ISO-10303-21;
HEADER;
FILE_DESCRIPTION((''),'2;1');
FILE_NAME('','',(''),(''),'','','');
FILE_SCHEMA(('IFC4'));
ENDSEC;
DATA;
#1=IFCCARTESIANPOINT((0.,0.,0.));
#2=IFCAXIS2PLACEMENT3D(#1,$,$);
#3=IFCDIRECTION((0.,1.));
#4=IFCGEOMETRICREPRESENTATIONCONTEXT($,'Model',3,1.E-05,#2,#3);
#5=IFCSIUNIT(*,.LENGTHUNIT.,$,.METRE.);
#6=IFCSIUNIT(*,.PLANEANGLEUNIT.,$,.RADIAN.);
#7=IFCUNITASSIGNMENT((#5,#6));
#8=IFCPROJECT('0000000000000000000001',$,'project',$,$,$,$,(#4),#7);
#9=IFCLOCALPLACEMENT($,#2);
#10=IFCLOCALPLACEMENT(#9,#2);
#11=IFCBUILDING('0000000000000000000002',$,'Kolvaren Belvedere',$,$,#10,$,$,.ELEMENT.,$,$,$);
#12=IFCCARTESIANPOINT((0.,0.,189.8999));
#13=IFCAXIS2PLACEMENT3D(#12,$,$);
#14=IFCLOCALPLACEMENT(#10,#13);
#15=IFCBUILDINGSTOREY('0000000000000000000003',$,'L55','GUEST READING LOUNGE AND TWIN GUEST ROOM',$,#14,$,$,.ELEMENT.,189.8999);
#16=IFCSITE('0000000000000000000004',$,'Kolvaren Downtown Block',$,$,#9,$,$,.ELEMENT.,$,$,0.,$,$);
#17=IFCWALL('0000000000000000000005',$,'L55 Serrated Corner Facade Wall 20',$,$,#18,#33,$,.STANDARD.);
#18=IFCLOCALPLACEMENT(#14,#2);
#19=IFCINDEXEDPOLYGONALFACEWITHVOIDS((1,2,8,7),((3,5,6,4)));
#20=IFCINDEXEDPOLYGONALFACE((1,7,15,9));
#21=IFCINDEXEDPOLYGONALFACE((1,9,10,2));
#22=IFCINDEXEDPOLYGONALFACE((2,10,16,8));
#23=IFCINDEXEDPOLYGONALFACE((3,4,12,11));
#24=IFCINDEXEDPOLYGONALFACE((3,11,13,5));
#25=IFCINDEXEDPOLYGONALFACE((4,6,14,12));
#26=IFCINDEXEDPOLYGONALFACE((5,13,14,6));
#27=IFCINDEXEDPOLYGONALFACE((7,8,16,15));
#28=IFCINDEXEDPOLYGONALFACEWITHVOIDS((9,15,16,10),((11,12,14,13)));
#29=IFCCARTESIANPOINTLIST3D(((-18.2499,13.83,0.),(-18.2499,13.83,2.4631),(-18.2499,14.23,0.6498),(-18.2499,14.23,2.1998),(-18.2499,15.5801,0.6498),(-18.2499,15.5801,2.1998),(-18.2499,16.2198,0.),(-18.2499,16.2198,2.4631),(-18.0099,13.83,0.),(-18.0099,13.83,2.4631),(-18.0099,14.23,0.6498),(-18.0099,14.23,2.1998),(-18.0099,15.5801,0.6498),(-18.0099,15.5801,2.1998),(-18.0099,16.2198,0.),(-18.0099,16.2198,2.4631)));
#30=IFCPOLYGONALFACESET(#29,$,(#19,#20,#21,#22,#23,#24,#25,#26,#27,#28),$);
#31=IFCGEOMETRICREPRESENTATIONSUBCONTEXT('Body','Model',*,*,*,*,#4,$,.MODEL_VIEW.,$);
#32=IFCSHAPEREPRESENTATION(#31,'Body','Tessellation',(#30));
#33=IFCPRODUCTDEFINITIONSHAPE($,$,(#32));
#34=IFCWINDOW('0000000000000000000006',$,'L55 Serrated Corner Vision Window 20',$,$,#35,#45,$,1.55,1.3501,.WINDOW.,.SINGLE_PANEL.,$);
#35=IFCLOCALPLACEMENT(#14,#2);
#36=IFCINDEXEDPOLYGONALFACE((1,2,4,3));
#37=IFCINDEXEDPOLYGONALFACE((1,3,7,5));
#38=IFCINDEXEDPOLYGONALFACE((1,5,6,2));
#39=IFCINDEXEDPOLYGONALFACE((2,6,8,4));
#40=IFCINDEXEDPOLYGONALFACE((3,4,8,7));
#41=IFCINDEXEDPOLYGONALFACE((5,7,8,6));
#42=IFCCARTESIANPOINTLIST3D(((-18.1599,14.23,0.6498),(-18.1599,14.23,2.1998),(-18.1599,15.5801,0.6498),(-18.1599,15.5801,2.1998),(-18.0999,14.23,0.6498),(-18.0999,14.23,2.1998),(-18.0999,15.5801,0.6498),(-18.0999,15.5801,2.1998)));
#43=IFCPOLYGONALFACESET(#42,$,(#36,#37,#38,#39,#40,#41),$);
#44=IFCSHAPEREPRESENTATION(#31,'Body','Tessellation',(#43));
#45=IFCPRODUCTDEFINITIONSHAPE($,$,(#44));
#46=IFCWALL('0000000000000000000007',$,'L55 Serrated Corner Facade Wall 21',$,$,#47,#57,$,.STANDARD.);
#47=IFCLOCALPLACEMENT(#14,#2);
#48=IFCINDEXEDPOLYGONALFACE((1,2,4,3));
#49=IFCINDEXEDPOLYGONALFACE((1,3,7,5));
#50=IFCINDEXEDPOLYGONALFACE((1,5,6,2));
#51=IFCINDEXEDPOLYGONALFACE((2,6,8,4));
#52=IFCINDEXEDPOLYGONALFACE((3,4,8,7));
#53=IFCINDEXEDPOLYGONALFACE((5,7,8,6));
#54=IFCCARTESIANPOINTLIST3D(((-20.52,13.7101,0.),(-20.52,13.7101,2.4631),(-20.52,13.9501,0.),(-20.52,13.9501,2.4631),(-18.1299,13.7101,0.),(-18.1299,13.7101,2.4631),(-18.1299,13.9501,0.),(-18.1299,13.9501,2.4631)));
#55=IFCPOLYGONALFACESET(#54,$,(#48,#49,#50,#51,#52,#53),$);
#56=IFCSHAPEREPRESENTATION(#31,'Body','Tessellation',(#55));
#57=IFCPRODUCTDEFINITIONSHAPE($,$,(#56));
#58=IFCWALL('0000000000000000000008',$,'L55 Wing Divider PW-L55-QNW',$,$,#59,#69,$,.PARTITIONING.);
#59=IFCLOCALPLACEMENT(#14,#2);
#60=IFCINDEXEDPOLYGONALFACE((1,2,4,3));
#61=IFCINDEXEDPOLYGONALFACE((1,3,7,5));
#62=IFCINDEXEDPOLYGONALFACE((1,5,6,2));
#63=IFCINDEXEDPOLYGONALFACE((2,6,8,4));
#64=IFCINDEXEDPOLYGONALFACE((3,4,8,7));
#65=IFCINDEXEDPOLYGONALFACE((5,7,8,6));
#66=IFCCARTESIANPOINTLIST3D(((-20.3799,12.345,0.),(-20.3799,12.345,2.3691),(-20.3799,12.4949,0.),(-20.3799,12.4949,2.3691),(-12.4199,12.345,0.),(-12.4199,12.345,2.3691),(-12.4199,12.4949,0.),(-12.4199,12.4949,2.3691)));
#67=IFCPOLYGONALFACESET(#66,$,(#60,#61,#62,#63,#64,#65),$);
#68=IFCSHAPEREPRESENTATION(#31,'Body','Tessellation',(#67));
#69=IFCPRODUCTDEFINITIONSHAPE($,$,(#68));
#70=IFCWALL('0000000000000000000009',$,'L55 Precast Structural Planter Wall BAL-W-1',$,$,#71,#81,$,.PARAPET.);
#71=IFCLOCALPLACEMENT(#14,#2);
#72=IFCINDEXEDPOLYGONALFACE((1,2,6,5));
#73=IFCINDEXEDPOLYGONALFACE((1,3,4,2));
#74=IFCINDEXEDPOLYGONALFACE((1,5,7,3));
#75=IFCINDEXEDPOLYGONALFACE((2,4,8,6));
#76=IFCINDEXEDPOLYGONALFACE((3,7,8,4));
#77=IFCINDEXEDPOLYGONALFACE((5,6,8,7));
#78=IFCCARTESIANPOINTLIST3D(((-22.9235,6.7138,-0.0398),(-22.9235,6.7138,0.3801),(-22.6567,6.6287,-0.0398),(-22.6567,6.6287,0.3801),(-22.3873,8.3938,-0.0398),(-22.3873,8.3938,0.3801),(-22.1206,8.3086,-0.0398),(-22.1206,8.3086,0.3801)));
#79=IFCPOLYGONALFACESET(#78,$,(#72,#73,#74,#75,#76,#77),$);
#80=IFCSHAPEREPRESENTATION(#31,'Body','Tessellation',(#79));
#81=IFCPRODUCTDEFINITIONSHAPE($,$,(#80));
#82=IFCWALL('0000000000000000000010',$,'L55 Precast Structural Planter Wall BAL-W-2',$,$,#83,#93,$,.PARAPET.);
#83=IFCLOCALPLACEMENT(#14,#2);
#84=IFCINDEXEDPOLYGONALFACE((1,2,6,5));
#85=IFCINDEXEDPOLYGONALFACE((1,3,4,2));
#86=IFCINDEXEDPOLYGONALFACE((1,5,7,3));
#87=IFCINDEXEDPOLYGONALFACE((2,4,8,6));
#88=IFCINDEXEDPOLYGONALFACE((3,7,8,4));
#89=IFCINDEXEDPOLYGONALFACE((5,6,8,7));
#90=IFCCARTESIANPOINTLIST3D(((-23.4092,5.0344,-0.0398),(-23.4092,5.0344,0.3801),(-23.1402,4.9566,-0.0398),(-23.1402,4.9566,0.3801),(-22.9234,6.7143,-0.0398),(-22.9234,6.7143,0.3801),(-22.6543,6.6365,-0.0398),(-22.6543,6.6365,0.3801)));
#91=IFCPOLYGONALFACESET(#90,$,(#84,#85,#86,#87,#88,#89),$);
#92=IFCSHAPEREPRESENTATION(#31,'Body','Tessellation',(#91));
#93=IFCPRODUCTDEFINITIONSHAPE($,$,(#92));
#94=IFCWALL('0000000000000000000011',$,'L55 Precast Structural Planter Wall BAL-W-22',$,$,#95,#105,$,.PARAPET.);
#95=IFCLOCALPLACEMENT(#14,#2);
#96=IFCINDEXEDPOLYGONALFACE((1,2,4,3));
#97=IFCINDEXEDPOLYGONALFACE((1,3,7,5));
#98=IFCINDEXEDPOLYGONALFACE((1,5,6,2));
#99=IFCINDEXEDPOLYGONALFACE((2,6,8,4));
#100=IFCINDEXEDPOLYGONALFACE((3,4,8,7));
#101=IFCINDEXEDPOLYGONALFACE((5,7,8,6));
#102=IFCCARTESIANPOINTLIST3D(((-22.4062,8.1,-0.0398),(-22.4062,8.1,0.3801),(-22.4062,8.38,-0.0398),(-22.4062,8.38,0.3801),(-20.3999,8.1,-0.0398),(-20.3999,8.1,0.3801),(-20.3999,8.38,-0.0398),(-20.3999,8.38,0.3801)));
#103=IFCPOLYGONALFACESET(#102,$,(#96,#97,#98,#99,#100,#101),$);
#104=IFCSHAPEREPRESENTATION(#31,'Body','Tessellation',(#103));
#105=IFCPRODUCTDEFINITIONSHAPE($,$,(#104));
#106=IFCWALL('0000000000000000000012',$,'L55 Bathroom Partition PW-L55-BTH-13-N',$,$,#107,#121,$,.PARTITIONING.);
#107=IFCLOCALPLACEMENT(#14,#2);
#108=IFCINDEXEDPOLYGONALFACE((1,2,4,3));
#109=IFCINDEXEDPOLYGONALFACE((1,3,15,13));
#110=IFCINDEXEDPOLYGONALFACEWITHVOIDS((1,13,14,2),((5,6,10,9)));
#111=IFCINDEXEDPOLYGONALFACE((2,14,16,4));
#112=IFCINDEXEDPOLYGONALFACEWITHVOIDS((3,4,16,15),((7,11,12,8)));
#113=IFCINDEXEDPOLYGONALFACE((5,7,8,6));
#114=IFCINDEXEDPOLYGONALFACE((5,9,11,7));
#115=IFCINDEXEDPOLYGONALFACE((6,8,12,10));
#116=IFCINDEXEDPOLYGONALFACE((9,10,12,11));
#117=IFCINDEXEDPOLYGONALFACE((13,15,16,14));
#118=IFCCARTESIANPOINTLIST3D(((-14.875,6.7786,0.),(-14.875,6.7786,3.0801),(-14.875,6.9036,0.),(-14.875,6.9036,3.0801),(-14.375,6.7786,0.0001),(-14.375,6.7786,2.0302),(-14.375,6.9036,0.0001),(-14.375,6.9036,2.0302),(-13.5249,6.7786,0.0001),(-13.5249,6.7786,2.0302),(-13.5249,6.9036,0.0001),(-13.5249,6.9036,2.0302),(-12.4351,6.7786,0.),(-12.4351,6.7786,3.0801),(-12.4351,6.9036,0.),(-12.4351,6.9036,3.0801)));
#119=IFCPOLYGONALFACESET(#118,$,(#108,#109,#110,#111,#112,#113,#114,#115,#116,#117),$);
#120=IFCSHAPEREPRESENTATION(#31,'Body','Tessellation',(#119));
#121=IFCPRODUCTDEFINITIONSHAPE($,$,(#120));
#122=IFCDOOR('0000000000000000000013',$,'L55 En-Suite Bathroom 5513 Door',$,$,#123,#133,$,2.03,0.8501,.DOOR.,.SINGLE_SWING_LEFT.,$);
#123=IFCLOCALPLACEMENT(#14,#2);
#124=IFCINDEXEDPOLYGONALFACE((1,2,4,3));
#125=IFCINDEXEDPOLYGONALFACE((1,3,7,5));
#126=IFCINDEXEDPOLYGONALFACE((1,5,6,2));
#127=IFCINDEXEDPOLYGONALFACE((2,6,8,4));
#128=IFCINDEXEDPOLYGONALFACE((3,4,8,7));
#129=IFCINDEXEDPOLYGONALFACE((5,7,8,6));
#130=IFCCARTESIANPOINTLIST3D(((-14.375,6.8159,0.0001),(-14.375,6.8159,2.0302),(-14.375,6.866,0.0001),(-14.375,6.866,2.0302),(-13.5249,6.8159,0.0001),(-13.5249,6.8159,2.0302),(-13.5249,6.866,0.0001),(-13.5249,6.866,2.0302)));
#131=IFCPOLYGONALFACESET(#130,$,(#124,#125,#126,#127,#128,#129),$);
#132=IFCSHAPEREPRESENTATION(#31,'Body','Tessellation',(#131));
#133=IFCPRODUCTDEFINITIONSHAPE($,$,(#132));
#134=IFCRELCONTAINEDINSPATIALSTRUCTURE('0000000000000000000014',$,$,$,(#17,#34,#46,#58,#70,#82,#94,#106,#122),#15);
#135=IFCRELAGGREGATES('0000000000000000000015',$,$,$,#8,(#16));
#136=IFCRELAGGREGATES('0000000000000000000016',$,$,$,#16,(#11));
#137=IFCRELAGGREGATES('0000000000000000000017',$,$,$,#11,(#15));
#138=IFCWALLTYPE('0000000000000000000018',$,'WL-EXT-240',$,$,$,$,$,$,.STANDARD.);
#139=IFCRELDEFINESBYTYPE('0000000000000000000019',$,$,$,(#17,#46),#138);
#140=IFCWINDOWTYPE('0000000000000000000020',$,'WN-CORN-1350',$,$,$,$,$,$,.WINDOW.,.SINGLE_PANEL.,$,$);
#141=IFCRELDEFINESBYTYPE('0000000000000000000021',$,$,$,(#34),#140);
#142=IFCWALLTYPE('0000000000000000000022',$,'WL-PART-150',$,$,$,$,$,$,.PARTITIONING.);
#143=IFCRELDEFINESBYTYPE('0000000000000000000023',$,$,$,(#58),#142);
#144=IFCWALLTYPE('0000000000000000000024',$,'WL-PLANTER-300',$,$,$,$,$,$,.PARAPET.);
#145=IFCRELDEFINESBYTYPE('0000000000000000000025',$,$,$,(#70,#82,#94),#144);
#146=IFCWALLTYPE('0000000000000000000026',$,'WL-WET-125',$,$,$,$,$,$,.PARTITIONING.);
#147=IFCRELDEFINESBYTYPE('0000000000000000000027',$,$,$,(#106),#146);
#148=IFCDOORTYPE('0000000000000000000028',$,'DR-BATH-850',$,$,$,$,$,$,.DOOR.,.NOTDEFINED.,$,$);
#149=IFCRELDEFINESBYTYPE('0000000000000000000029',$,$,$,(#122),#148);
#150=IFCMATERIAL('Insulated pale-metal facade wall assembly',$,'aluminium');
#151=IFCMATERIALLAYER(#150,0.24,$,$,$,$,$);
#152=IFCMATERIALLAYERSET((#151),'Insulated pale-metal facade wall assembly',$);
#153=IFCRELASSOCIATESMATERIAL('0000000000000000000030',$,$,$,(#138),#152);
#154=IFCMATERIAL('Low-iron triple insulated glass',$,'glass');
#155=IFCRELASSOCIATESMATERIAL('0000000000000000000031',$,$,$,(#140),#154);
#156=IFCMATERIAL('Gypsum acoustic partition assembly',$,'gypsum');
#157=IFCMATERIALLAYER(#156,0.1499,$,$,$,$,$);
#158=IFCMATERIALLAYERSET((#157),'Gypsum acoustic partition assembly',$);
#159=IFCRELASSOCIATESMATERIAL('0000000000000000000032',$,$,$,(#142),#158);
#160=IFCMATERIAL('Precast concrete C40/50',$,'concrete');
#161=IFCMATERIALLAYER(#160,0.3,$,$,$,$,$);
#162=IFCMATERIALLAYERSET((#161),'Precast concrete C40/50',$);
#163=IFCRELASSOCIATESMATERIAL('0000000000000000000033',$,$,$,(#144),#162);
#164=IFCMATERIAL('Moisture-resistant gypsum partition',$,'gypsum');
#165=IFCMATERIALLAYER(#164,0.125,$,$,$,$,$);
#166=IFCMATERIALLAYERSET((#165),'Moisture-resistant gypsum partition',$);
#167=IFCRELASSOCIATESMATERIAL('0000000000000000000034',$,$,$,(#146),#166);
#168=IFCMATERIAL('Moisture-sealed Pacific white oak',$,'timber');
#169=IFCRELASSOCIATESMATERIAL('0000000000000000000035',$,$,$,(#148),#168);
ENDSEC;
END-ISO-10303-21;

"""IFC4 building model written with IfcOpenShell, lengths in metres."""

from ifc_helpers import new_model, si_unit, direction, frame, frame_2d, origin, place, context, subcontext, project, spatial, rectangle, extrude, material, layer, layer_set, type_object, element, fill, save


model = new_model("IFC4")

# Units and contexts
model_context = context("Model", 3, precision=1e-05, world=origin(), true_north=direction((0.0, 1.0)))
body_context = subcontext(model_context, "Body", "Model", "MODEL_VIEW")
ifc_project = project(units=[si_unit("LENGTHUNIT", "METRE"), si_unit("PLANEANGLEUNIT", "RADIAN")], contexts=[model_context])

# Site, building, storey
site_placement = place(None, origin())
site = spatial("IfcSite", under=ifc_project, at=site_placement, Name="Kolvaren Downtown Block", CompositionType="ELEMENT", RefElevation=0.0)
building_placement = place(site_placement, origin())
building = spatial("IfcBuilding", under=site, at=building_placement, Name="Kolvaren Belvedere", CompositionType="ELEMENT")
storey_placement = place(building_placement, frame((0.0, 0.0, 189.8999)))
storey = spatial("IfcBuildingStorey", under=building, at=storey_placement, Name="L55", Description="GUEST READING LOUNGE AND TWIN GUEST ROOM", CompositionType="ELEMENT", Elevation=189.8999)

# Shared definitions
ifc_material_1 = material(Name="Insulated pale-metal facade wall assembly", Category="aluminium")
ifc_layer_1 = layer(ifc_material_1, 0.24)
ifc_layer_set_1 = layer_set([ifc_layer_1], Name="Insulated pale-metal facade wall assembly")
wall_type_1 = type_object("IfcWallType", Name="WL-EXT-240", PredefinedType="STANDARD", material=ifc_layer_set_1)

# Wall, opening, window
ifc_material_2 = material(Name="Low-iron triple insulated glass", Category="glass")
window_type_1 = type_object("IfcWindowType", Name="WN-CORN-1350", PartitioningType="SINGLE_PANEL", PredefinedType="WINDOW", material=ifc_material_2)
wall_1_placement = place(storey_placement, frame((-18.1299, 13.8301, 0.0), z_axis=(0.0, 0.0, 1.0), x_axis=(0.0, 1.0, 0.0)))
wall_1 = element("IfcWall", 1, at=wall_1_placement, inside=storey, type_object=wall_type_1, Name="L55 Serrated Corner Facade Wall 20", PredefinedType="STANDARD", context=body_context, shape_type="SweptSolid", body=[
    extrude(rectangle(XDim=2.3899, YDim=0.24, at=frame_2d((1.1948, 0.0))), origin(), (0.0, 0.0, 1.0), 2.4631),
])
opening_1_placement = place(wall_1_placement, frame((0.3999, 0.0, 0.6499)))
opening_1 = element("IfcOpeningElement", 2, at=opening_1_placement, cuts=wall_1, PredefinedType="OPENING", context=body_context, shape_type="SweptSolid", body=[
    extrude(rectangle(XDim=1.3501, YDim=1.55, at=frame_2d((0.675, 0.7749))), frame((0.0, 0.1299, 0.0), z_axis=(0.0, -1.0, 0.0), x_axis=(1.0, 0.0, 0.0)), (0.0, 0.0, 1.0), 0.26),
])
window_1_placement = place(opening_1_placement, origin())
window_1 = element("IfcWindow", 3, at=window_1_placement, inside=storey, type_object=window_type_1, Name="L55 Serrated Corner Vision Window 20", OverallHeight=1.55, OverallWidth=1.3501, PartitioningType="SINGLE_PANEL", PredefinedType="WINDOW", context=body_context, shape_type="SweptSolid", body=[
    extrude(rectangle(XDim=1.3501, YDim=1.55, at=frame_2d((0.675, 0.7749))), frame((0.0, 0.03, 0.0), z_axis=(0.0, -1.0, 0.0), x_axis=(1.0, 0.0, 0.0)), (0.0, 0.0, 1.0), 0.0601),
])
fill(opening_1, window_1)

# Walls
wall_2_placement = place(storey_placement, frame((-20.52, 13.8301, 0.0), z_axis=(0.0, 0.0, 1.0), x_axis=(1.0, 0.0, 0.0)))
element("IfcWall", 4, at=wall_2_placement, inside=storey, type_object=wall_type_1, Name="L55 Serrated Corner Facade Wall 21", PredefinedType="STANDARD", context=body_context, shape_type="SweptSolid", body=[
    extrude(rectangle(XDim=2.3901, YDim=0.24, at=frame_2d((1.1951, 0.0))), origin(), (0.0, 0.0, 1.0), 2.4631),
])
ifc_material_3 = material(Name="Gypsum acoustic partition assembly", Category="gypsum")
ifc_layer_2 = layer(ifc_material_3, 0.1499)
ifc_layer_set_2 = layer_set([ifc_layer_2], Name="Gypsum acoustic partition assembly")
wall_type_2 = type_object("IfcWallType", Name="WL-PART-150", PredefinedType="PARTITIONING", material=ifc_layer_set_2)
wall_3_placement = place(storey_placement, frame((-20.3799, 12.4199, 0.0), z_axis=(0.0, 0.0, 1.0), x_axis=(1.0, 0.0, 0.0)))
element("IfcWall", 5, at=wall_3_placement, inside=storey, type_object=wall_type_2, Name="L55 Wing Divider PW-L55-QNW", PredefinedType="PARTITIONING", context=body_context, shape_type="SweptSolid", body=[
    extrude(rectangle(XDim=7.96, YDim=0.1499, at=frame_2d((3.98, 0.0))), origin(), (0.0, 0.0, 1.0), 2.3691),
])
ifc_material_4 = material(Name="Precast concrete C40/50", Category="concrete")
ifc_layer_3 = layer(ifc_material_4, 0.3)
ifc_layer_set_3 = layer_set([ifc_layer_3], Name="Precast concrete C40/50")
wall_type_3 = type_object("IfcWallType", Name="WL-PLANTER-300", PredefinedType="PARAPET", material=ifc_layer_set_3)
wall_4_placement = place(storey_placement, frame((-22.2539, 8.3513, -0.0398), z_axis=(0.0, 0.0, 1.0), x_axis=(-0.304032, -0.952662, 0.0)))
element("IfcWall", 6, at=wall_4_placement, inside=storey, type_object=wall_type_3, Name="L55 Precast Structural Planter Wall BAL-W-1", PredefinedType="PARAPET", context=body_context, shape_type="SweptSolid", body=[
    extrude(rectangle(XDim=1.7634, YDim=0.28, at=frame_2d((0.8818, 0.0))), origin(), (0.0, 0.0, 1.0), 0.4199),
])
wall_5_placement = place(storey_placement, frame((-22.7888, 6.6755, -0.0398), z_axis=(0.0, 0.0, 1.0), x_axis=(-0.277817, -0.960634, 0.0)))
element("IfcWall", 7, at=wall_5_placement, inside=storey, type_object=wall_type_3, Name="L55 Precast Structural Planter Wall BAL-W-2", PredefinedType="PARAPET", context=body_context, shape_type="SweptSolid", body=[
    extrude(rectangle(XDim=1.7488, YDim=0.28, at=frame_2d((0.8745, 0.0))), origin(), (0.0, 0.0, 1.0), 0.4199),
])
wall_6_placement = place(storey_placement, frame((-20.3999, 8.24, -0.0398), z_axis=(0.0, 0.0, 1.0), x_axis=(-1.0, 0.0, 0.0)))
element("IfcWall", 8, at=wall_6_placement, inside=storey, type_object=wall_type_3, Name="L55 Precast Structural Planter Wall BAL-W-22", PredefinedType="PARAPET", context=body_context, shape_type="SweptSolid", body=[
    extrude(rectangle(XDim=2.0063, YDim=0.28, at=frame_2d((1.0032, 0.0))), origin(), (0.0, 0.0, 1.0), 0.4199),
])

# Wall, opening, door
ifc_material_5 = material(Name="Moisture-resistant gypsum partition", Category="gypsum")
ifc_layer_4 = layer(ifc_material_5, 0.125)
ifc_layer_set_4 = layer_set([ifc_layer_4], Name="Moisture-resistant gypsum partition")
wall_type_4 = type_object("IfcWallType", Name="WL-WET-125", PredefinedType="PARTITIONING", material=ifc_layer_set_4)
wall_7_placement = place(storey_placement, frame((-14.875, 6.8411, 0.0), z_axis=(0.0, 0.0, 1.0), x_axis=(1.0, 0.0, 0.0)))
wall_7 = element("IfcWall", 9, at=wall_7_placement, inside=storey, type_object=wall_type_4, Name="L55 Bathroom Partition PW-L55-BTH-13-N", PredefinedType="PARTITIONING", context=body_context, shape_type="SweptSolid", body=[
    extrude(rectangle(XDim=2.4399, YDim=0.125, at=frame_2d((1.22, 0.0))), origin(), (0.0, 0.0, 1.0), 3.0801),
])
opening_2_placement = place(wall_7_placement, frame((0.5, 0.0, 0.0)))
opening_2 = element("IfcOpeningElement", 10, at=opening_2_placement, cuts=wall_7, PredefinedType="OPENING", context=body_context, shape_type="SweptSolid", body=[
    extrude(rectangle(XDim=0.8501, YDim=2.03, at=frame_2d((0.425, 1.0151))), frame((0.0, 0.0725, 0.0), z_axis=(0.0, -1.0, 0.0), x_axis=(1.0, 0.0, 0.0)), (0.0, 0.0, 1.0), 0.145),
])
ifc_material_6 = material(Name="Moisture-sealed Pacific white oak", Category="timber")
door_type = type_object("IfcDoorType", Name="DR-BATH-850", OperationType="NOTDEFINED", PredefinedType="DOOR", material=ifc_material_6)
door_placement = place(opening_2_placement, origin())
door = element("IfcDoor", 11, at=door_placement, inside=storey, type_object=door_type, Name="L55 En-Suite Bathroom 5513 Door", OperationType="SINGLE_SWING_LEFT", OverallHeight=2.03, OverallWidth=0.8501, PredefinedType="DOOR", context=body_context, shape_type="SweptSolid", body=[
    extrude(rectangle(XDim=0.8501, YDim=2.03, at=frame_2d((0.425, 1.0151))), frame((0.0, 0.0249, 0.0), z_axis=(0.0, -1.0, 0.0), x_axis=(1.0, 0.0, 0.0)), (0.0, 0.0, 1.0), 0.05),
])
fill(opening_2, door)

save(model, "model.ifc")
